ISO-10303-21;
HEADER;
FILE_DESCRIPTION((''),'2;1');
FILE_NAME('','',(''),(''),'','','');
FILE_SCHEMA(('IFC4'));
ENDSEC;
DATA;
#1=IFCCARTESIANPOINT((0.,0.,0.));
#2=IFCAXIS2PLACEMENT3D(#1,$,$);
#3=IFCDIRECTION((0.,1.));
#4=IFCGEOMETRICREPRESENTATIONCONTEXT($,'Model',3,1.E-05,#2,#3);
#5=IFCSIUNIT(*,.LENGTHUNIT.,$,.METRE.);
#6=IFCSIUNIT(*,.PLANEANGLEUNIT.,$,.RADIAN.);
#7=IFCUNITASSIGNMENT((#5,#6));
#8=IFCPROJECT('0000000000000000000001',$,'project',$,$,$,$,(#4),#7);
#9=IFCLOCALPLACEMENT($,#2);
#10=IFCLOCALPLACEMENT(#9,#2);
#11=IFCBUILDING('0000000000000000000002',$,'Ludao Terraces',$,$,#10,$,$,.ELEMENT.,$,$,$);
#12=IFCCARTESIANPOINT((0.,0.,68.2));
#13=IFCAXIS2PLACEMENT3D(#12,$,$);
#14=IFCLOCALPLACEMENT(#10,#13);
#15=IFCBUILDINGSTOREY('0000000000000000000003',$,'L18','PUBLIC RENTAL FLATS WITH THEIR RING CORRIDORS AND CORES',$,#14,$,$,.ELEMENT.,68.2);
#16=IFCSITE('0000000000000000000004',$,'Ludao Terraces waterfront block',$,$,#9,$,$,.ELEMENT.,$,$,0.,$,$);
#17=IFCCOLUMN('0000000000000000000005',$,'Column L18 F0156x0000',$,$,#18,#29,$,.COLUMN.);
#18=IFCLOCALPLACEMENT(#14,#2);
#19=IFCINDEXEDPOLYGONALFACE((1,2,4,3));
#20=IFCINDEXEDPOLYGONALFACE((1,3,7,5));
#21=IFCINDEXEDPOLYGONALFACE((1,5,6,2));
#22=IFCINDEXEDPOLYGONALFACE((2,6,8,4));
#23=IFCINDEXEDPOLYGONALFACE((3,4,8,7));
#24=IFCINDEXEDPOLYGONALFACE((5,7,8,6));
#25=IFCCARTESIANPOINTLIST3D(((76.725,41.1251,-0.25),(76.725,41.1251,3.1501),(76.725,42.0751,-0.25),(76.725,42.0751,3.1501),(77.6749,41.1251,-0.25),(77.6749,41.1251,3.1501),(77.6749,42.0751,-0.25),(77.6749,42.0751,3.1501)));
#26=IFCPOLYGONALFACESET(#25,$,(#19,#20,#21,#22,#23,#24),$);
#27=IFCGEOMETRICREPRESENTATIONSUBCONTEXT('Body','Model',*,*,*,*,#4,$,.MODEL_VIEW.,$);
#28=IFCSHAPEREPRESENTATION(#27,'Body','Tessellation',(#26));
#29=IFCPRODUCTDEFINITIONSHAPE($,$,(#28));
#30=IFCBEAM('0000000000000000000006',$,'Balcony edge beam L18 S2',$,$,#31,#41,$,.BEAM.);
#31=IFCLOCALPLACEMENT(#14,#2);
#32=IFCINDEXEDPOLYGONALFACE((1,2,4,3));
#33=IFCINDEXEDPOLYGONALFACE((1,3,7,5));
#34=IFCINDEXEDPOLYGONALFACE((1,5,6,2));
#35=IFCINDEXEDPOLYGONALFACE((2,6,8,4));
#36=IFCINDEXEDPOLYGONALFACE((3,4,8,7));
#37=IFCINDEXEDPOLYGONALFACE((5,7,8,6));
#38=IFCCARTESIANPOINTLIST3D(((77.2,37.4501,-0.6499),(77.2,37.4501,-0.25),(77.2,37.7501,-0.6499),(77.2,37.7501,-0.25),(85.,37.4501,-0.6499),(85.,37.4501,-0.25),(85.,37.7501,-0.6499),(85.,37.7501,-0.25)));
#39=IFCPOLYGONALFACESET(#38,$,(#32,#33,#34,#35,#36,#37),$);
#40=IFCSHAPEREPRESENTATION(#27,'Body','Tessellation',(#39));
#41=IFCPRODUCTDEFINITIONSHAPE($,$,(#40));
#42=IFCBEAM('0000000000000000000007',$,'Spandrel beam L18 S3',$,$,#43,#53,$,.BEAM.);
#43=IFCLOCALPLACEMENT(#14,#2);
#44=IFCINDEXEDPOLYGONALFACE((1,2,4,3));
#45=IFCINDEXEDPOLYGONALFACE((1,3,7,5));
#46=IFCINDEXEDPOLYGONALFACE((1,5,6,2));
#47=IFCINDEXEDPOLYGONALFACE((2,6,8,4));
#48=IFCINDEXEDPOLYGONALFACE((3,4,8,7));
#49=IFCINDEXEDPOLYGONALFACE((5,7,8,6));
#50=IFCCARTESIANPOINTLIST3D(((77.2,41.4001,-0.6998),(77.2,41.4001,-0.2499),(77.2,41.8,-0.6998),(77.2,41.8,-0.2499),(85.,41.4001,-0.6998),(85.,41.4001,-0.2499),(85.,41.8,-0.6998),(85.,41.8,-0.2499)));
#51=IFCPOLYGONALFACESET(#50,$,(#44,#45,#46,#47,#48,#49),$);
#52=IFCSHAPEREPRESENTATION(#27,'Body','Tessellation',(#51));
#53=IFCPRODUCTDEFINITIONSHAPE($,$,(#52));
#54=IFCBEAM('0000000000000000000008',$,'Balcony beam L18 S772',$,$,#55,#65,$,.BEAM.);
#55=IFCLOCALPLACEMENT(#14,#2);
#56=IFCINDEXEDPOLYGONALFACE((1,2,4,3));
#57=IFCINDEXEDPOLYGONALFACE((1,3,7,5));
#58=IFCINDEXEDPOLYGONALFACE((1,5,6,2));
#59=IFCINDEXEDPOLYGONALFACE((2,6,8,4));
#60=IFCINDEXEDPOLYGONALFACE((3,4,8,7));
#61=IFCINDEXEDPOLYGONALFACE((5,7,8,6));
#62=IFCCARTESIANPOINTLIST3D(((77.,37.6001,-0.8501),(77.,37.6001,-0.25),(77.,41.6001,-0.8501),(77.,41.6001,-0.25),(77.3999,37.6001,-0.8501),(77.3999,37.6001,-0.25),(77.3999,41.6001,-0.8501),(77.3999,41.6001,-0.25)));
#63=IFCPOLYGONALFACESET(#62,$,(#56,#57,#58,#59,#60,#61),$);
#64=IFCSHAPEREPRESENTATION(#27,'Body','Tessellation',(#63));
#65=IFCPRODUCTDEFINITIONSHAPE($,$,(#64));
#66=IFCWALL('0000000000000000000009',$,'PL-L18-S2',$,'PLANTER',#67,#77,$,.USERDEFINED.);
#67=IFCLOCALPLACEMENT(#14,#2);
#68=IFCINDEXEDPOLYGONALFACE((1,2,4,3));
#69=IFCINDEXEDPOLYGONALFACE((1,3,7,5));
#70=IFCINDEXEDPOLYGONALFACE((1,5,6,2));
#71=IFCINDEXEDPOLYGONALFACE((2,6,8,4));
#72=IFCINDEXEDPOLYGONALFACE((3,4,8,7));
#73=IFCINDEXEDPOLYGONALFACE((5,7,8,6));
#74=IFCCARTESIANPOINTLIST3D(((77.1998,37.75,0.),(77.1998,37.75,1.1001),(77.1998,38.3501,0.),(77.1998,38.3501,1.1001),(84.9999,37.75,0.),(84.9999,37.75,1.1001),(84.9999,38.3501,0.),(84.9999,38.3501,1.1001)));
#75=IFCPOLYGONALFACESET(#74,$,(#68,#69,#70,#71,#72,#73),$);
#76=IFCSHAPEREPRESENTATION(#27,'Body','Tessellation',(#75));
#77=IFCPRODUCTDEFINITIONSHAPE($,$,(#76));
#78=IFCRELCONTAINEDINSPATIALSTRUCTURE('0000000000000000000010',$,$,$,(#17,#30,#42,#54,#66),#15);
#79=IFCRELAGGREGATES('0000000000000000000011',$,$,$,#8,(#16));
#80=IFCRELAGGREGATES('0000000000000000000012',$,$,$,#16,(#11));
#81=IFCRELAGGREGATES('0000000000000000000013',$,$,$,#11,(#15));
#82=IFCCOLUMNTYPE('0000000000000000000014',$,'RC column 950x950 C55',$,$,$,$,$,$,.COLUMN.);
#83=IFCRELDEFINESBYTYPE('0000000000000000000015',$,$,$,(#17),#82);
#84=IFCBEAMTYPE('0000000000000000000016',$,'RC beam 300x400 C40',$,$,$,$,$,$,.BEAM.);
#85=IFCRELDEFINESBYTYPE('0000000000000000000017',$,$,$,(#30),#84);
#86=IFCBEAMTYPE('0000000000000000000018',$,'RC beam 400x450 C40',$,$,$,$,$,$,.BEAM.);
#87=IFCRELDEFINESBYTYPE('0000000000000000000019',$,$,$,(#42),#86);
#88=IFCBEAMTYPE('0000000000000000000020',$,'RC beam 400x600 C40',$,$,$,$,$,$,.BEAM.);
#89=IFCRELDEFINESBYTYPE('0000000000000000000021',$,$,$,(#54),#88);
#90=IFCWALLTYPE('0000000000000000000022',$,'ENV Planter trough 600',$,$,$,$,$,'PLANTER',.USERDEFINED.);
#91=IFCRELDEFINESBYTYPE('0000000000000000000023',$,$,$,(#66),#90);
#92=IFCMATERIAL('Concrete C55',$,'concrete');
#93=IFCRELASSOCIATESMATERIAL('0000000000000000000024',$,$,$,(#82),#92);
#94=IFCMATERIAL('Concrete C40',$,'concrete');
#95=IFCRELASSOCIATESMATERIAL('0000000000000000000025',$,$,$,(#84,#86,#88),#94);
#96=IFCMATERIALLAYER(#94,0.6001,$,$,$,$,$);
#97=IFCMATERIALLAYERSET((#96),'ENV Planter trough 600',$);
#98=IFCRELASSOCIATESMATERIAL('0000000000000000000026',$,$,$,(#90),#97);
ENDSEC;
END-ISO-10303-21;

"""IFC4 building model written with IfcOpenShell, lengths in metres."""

from ifc_helpers import new_model, si_unit, direction, frame, frame_2d, origin, origin_2d, place, context, subcontext, project, spatial, rectangle, extrude, material, layer, layer_set, material_profile, profile_set, type_object, element, save


model = new_model("IFC4")

# Units and contexts
model_context = context("Model", 3, precision=1e-05, world=origin(), true_north=direction((0.0, 1.0)))
body_context = subcontext(model_context, "Body", "Model", "MODEL_VIEW")
ifc_project = project(units=[si_unit("LENGTHUNIT", "METRE"), si_unit("PLANEANGLEUNIT", "RADIAN")], contexts=[model_context])

# Site, building, storey
site_placement = place(None, origin())
site = spatial("IfcSite", under=ifc_project, at=site_placement, Name="Ludao Terraces waterfront block", CompositionType="ELEMENT", RefElevation=0.0)
building_placement = place(site_placement, origin())
building = spatial("IfcBuilding", under=site, at=building_placement, Name="Ludao Terraces", CompositionType="ELEMENT")
storey_placement = place(building_placement, frame((0.0, 0.0, 68.2)))
storey = spatial("IfcBuildingStorey", under=building, at=storey_placement, Name="L18", Description="PUBLIC RENTAL FLATS WITH THEIR RING CORRIDORS AND CORES", CompositionType="ELEMENT", Elevation=68.2)

# Column
ifc_material_1 = material(Name="Concrete C55", Category="concrete")
ifc_material_profile_1 = material_profile(ifc_material_1, rectangle(XDim=0.95, YDim=0.95, at=origin_2d()), Name="950 X 950")
ifc_profile_set_1 = profile_set([ifc_material_profile_1], Name="Concrete C55")
column_type = type_object("IfcColumnType", Name="RC column 950x950 C55", PredefinedType="COLUMN", material=ifc_profile_set_1)
column_placement = place(storey_placement, frame((77.2, 41.6001, -0.25), z_axis=(0.0, 0.0, 1.0), x_axis=(1.0, 0.0, 0.0)))
element("IfcColumn", 1, at=column_placement, inside=storey, type_object=column_type, Name="Column L18 F0156x0000", PredefinedType="COLUMN", context=body_context, shape_type="SweptSolid", body=[
    extrude(rectangle(XDim=0.95, YDim=0.95, at=origin_2d()), origin(), (0.0, 0.0, 1.0), 3.4001),
])

# Beams
ifc_material_2 = material(Name="Concrete C40", Category="concrete")
ifc_material_profile_2 = material_profile(ifc_material_2, rectangle(XDim=0.3, YDim=0.3999, at=origin_2d()), Name="300 X 400")
ifc_profile_set_2 = profile_set([ifc_material_profile_2], Name="Concrete C40")
beam_type_1 = type_object("IfcBeamType", Name="RC beam 300x400 C40", PredefinedType="BEAM", material=ifc_profile_set_2)
beam_1_placement = place(storey_placement, frame((77.2, 37.6001, -0.45), z_axis=(1.0, 0.0, 0.0), x_axis=(0.0, 1.0, 0.0)))
element("IfcBeam", 2, at=beam_1_placement, inside=storey, type_object=beam_type_1, Name="Balcony edge beam L18 S2", PredefinedType="BEAM", context=body_context, shape_type="SweptSolid", body=[
    extrude(rectangle(XDim=0.3, YDim=0.3999, at=origin_2d()), origin(), (0.0, 0.0, 1.0), 7.8),
])
ifc_material_profile_3 = material_profile(ifc_material_2, rectangle(XDim=0.3999, YDim=0.45, at=origin_2d()), Name="400 X 450")
ifc_profile_set_3 = profile_set([ifc_material_profile_3], Name="Concrete C40")
beam_type_2 = type_object("IfcBeamType", Name="RC beam 400x450 C40", PredefinedType="BEAM", material=ifc_profile_set_3)
beam_2_placement = place(storey_placement, frame((77.2, 41.6001, -0.4749), z_axis=(1.0, 0.0, 0.0), x_axis=(0.0, 1.0, 0.0)))
element("IfcBeam", 3, at=beam_2_placement, inside=storey, type_object=beam_type_2, Name="Spandrel beam L18 S3", PredefinedType="BEAM", context=body_context, shape_type="SweptSolid", body=[
    extrude(rectangle(XDim=0.3999, YDim=0.45, at=origin_2d()), origin(), (0.0, 0.0, 1.0), 7.8),
])
ifc_material_profile_4 = material_profile(ifc_material_2, rectangle(XDim=0.3999, YDim=0.6001, at=origin_2d()), Name="400 X 600")
ifc_profile_set_4 = profile_set([ifc_material_profile_4], Name="Concrete C40")
beam_type_3 = type_object("IfcBeamType", Name="RC beam 400x600 C40", PredefinedType="BEAM", material=ifc_profile_set_4)
beam_3_placement = place(storey_placement, frame((77.2, 41.6001, -0.55), z_axis=(0.0, -1.0, 0.0), x_axis=(1.0, 0.0, 0.0)))
element("IfcBeam", 4, at=beam_3_placement, inside=storey, type_object=beam_type_3, Name="Balcony beam L18 S772", PredefinedType="BEAM", context=body_context, shape_type="SweptSolid", body=[
    extrude(rectangle(XDim=0.3999, YDim=0.6001, at=origin_2d()), origin(), (0.0, 0.0, 1.0), 4.0),
])

# Wall
ifc_layer_1 = layer(ifc_material_2, 0.6001)
ifc_layer_set_1 = layer_set([ifc_layer_1], Name="ENV Planter trough 600")
wall_type_1 = type_object("IfcWallType", Name="ENV Planter trough 600", ElementType="PLANTER", PredefinedType="USERDEFINED", material=ifc_layer_set_1)
wall_1_placement = place(storey_placement, frame((77.2, 38.05, 0.0), z_axis=(0.0, 0.0, 1.0), x_axis=(1.0, 0.0, 0.0)))
element("IfcWall", 5, at=wall_1_placement, inside=storey, type_object=wall_type_1, Name="PL-L18-S2", ObjectType="PLANTER", PredefinedType="USERDEFINED", context=body_context, shape_type="SweptSolid", body=[
    extrude(rectangle(XDim=7.8, YDim=0.6001, at=frame_2d((3.8999, 0.0))), origin(), (0.0, 0.0, 1.0), 1.1001),
])

save(model, "model.ifc")
